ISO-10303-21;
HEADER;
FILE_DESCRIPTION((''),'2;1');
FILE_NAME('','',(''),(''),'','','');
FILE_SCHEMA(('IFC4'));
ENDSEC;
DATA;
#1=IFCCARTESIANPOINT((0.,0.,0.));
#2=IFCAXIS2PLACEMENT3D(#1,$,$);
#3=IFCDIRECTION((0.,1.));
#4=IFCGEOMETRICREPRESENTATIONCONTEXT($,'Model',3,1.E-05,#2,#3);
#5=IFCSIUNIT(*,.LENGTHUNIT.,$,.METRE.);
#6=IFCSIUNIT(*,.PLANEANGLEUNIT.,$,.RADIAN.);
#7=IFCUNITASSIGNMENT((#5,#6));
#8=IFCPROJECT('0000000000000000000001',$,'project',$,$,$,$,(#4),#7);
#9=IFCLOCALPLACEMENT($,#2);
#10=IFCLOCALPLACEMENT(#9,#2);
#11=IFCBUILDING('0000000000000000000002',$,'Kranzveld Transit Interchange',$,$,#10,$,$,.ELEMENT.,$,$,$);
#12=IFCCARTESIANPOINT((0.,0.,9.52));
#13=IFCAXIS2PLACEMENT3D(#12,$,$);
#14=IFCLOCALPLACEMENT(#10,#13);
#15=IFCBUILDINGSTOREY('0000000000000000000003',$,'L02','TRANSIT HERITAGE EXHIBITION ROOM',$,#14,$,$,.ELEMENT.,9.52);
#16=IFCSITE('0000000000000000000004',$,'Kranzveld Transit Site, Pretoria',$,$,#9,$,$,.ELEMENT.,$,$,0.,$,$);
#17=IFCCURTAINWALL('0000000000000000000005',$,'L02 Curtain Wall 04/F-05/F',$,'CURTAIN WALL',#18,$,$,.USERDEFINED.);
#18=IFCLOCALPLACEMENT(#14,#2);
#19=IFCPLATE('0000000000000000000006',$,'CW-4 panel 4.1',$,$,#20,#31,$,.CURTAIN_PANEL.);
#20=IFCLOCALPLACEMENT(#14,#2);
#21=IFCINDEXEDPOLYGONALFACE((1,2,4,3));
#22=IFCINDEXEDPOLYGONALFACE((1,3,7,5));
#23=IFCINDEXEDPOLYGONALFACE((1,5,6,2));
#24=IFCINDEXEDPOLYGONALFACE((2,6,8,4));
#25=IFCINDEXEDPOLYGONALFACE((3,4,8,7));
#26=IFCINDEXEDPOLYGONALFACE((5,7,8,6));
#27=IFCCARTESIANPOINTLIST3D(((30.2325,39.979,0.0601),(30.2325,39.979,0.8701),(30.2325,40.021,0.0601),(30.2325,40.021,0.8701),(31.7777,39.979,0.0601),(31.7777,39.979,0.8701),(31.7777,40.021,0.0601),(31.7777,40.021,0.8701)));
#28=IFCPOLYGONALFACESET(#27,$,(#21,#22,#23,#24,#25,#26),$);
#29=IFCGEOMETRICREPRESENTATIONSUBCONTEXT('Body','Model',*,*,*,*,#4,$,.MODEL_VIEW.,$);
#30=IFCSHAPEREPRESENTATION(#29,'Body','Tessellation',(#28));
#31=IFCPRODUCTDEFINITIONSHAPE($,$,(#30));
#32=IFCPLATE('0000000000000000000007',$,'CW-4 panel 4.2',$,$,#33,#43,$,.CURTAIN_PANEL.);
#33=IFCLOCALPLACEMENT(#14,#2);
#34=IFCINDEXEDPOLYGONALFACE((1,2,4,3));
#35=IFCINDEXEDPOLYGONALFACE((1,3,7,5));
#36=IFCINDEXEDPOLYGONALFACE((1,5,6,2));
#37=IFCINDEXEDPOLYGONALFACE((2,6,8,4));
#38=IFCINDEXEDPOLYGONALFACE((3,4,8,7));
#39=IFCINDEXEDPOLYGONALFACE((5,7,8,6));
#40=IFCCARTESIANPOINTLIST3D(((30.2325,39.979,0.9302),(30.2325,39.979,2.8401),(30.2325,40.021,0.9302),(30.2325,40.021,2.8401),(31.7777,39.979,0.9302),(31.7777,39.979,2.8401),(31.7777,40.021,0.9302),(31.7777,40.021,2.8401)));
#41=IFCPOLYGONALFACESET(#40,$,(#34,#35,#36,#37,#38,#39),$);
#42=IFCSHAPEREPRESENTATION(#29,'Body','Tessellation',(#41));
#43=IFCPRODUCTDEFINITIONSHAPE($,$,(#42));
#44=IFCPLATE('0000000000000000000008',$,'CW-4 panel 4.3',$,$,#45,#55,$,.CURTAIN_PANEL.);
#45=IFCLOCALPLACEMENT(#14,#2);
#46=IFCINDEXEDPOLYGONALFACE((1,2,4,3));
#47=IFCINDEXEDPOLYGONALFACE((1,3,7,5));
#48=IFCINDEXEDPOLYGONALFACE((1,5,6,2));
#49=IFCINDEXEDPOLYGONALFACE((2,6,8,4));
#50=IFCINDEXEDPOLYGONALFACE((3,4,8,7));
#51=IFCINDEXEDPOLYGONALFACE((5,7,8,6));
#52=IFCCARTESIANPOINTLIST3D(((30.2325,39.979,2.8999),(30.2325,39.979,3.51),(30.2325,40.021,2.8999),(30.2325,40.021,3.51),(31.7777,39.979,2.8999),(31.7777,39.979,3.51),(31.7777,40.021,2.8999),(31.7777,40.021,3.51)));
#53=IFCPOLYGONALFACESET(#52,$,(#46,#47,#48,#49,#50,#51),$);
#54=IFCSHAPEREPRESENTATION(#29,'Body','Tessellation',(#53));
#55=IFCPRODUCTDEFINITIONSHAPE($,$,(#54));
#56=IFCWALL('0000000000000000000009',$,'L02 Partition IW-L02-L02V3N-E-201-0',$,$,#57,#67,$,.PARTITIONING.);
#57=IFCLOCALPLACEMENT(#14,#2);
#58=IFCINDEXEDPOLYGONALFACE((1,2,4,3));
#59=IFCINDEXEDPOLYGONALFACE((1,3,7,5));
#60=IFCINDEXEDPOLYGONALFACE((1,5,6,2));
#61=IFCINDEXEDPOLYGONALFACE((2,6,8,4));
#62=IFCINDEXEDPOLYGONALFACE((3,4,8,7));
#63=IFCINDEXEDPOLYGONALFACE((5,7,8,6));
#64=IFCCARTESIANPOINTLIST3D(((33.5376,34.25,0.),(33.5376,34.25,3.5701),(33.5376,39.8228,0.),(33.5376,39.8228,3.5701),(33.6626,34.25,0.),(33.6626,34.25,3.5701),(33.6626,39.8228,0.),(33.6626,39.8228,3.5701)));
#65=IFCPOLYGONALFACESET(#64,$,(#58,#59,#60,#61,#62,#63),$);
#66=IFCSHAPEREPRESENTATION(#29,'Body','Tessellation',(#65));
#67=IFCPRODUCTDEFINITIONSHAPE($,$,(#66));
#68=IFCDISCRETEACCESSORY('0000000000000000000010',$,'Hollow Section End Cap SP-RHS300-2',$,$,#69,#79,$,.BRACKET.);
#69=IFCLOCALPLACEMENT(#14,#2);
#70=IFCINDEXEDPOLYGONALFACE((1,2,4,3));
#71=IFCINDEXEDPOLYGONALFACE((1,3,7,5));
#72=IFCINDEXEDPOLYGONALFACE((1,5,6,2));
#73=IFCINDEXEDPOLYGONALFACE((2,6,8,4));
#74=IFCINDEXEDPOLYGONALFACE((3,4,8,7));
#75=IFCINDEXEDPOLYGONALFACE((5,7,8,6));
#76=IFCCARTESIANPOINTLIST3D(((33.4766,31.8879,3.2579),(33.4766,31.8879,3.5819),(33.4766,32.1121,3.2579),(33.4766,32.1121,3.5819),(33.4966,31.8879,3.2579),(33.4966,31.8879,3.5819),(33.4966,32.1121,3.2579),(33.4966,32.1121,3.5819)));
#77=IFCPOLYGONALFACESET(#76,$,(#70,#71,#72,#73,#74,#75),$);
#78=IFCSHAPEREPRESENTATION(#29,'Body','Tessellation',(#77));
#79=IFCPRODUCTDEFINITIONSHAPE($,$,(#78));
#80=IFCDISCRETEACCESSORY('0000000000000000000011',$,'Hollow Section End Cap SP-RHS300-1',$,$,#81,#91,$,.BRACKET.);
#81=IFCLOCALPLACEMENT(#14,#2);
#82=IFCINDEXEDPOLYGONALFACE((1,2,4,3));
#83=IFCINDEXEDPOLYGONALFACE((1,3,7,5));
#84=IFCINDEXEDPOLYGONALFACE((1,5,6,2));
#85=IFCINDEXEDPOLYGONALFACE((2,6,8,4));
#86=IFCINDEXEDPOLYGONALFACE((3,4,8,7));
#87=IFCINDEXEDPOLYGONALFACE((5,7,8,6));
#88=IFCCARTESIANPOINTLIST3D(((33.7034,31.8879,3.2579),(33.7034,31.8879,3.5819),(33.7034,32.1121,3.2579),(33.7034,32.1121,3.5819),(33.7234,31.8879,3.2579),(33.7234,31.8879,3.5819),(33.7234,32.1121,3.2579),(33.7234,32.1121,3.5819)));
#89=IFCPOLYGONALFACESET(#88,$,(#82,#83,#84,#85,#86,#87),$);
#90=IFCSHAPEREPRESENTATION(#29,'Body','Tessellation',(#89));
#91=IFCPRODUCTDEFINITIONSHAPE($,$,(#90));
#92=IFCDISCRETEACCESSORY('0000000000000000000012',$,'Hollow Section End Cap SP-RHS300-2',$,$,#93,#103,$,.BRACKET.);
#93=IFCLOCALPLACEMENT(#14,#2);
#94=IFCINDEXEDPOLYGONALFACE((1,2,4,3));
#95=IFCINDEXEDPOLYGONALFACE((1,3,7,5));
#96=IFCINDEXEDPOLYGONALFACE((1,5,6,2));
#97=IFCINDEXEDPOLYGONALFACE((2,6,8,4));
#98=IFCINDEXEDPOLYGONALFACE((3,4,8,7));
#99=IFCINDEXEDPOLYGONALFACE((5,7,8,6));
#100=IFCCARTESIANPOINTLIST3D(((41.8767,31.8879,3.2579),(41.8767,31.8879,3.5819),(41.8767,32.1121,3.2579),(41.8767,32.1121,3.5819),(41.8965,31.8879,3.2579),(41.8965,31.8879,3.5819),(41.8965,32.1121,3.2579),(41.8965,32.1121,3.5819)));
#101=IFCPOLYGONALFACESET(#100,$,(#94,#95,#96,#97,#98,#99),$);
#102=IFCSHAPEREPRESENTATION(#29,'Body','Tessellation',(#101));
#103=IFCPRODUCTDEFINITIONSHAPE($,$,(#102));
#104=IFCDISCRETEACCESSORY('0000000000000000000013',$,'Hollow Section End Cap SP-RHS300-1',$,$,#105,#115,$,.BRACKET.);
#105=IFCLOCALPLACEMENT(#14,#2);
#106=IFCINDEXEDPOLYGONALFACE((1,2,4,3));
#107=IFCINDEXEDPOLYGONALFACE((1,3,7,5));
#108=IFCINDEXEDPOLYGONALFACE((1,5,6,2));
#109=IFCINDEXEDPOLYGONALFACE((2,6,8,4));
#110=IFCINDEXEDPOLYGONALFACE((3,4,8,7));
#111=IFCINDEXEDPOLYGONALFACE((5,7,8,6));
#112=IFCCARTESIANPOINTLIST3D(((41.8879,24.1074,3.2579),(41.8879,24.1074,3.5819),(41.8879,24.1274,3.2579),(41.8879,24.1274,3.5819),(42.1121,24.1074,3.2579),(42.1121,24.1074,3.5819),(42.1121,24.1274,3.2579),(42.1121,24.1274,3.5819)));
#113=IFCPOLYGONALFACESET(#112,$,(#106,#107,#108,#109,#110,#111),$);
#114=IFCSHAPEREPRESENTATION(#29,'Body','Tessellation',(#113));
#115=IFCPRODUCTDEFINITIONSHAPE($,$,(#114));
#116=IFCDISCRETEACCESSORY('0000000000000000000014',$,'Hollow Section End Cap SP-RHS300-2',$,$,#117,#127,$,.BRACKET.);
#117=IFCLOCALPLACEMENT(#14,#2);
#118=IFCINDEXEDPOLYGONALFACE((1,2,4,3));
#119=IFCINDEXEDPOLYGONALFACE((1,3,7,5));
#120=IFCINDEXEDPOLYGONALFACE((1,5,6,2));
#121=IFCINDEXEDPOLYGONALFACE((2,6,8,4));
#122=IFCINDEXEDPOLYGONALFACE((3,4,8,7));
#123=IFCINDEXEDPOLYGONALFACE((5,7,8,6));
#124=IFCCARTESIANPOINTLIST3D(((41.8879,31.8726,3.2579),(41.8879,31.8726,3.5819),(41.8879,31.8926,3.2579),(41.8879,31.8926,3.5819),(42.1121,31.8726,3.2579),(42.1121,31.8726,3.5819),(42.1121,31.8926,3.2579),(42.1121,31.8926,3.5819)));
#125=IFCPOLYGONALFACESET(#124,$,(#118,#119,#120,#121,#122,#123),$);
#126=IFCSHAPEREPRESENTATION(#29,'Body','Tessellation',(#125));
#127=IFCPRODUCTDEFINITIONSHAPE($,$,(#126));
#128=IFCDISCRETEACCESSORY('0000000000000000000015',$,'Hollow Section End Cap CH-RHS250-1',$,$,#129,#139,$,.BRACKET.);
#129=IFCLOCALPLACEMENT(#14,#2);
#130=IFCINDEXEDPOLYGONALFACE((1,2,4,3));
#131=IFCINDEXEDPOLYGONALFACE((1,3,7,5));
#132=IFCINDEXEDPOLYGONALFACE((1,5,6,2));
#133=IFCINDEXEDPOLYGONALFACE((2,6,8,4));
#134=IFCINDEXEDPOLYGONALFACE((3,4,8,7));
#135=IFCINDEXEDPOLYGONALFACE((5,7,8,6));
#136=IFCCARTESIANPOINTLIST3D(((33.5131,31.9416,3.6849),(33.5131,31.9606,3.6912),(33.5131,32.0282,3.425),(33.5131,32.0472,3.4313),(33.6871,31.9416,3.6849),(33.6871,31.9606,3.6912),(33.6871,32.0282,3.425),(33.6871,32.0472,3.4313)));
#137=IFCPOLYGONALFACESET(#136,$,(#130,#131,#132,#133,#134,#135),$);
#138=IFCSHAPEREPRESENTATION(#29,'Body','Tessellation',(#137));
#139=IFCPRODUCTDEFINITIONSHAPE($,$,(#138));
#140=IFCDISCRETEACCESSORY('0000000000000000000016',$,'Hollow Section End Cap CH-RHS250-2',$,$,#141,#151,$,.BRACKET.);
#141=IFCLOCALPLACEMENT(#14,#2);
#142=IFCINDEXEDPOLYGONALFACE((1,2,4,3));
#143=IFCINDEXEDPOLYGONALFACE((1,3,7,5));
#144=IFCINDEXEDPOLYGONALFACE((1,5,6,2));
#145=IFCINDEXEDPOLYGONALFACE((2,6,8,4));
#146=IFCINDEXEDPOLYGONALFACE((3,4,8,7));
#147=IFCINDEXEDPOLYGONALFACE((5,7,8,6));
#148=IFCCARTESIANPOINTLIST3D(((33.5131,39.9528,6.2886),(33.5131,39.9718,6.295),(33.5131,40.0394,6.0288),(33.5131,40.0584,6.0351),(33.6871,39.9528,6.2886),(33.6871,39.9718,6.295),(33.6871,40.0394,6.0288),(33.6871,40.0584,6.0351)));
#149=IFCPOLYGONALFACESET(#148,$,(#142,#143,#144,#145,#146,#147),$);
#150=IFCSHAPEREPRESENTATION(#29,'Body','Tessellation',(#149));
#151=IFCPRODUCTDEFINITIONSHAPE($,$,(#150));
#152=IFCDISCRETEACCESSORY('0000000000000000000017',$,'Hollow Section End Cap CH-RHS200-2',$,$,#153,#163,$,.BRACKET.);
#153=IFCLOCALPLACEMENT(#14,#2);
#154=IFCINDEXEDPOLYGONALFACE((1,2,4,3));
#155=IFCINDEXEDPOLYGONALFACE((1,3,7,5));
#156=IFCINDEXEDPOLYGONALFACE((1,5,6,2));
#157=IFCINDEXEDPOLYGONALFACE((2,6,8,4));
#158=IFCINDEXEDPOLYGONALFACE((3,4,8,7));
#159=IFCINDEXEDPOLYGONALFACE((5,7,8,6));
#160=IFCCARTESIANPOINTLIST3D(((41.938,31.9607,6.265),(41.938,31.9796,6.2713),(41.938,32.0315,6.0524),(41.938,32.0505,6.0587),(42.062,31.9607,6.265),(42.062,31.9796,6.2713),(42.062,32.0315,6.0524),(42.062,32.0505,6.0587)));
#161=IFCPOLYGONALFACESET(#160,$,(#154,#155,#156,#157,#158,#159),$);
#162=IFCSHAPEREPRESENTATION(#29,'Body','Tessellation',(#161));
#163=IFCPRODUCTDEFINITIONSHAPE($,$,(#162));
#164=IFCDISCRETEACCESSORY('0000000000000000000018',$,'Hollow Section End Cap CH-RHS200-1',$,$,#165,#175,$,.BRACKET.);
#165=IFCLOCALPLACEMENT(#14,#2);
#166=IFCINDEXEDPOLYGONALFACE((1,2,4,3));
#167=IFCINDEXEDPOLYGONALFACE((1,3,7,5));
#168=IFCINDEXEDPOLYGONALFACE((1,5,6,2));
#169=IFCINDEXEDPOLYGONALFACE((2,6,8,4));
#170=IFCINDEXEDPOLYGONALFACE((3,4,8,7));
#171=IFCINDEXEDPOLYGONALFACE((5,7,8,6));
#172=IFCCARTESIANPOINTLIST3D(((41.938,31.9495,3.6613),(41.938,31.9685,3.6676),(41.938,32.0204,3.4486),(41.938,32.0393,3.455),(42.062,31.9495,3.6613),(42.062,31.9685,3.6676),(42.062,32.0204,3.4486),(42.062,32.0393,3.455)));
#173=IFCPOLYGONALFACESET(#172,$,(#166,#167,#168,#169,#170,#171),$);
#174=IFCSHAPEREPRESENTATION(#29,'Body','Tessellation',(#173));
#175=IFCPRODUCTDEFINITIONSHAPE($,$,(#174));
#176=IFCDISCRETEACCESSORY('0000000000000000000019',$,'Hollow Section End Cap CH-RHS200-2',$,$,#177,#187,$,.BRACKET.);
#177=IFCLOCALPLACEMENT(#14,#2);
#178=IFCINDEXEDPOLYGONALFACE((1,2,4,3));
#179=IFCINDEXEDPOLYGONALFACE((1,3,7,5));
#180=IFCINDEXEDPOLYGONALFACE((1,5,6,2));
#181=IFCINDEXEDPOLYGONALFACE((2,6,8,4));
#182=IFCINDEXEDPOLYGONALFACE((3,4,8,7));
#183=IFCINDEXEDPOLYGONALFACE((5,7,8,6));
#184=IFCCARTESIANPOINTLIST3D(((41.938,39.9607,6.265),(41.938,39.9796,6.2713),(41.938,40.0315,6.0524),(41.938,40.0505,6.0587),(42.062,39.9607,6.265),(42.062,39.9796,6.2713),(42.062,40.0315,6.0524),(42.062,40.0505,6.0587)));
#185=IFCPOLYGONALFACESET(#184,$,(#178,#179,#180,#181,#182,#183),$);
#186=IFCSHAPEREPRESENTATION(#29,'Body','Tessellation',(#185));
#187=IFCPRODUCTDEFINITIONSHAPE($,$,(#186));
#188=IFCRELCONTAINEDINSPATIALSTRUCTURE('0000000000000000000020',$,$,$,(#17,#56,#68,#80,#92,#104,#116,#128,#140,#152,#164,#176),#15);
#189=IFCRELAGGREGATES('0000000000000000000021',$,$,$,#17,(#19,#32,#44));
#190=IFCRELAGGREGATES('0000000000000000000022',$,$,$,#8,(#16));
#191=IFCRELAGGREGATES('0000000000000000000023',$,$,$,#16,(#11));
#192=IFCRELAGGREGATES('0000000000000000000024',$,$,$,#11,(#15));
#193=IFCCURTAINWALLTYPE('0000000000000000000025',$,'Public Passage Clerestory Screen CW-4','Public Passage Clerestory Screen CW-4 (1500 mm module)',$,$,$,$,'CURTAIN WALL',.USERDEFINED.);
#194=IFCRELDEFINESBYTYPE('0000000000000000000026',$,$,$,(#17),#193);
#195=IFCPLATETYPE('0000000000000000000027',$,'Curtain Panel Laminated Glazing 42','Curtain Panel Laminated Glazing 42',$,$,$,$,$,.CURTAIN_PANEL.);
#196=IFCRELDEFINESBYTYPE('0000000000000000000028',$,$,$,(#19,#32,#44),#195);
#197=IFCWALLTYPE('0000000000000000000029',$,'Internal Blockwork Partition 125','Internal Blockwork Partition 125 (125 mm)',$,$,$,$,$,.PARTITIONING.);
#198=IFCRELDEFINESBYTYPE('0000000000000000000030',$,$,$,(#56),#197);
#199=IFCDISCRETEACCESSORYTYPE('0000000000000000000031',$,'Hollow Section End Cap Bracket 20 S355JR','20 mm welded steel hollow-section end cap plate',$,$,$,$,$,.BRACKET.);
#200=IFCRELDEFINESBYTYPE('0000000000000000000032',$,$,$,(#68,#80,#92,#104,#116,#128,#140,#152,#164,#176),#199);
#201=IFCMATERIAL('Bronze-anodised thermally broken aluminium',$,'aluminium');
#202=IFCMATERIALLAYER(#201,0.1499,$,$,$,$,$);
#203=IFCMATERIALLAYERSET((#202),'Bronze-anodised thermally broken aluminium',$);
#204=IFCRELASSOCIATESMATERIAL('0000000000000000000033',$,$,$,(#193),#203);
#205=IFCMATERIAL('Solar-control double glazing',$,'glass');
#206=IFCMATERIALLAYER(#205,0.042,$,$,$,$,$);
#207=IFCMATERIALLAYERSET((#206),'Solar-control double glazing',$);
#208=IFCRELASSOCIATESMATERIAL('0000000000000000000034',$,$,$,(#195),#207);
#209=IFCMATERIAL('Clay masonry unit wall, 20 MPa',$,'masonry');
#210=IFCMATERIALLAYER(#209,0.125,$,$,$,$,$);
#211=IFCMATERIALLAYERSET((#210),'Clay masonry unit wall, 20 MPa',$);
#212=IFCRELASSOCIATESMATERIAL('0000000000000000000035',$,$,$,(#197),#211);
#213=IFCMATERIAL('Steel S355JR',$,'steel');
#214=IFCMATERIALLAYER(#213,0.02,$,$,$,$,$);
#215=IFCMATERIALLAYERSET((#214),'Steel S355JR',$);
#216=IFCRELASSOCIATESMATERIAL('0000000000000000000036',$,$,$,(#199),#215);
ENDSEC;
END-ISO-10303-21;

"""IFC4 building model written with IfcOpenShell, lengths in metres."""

from ifc_helpers import new_model, si_unit, direction, frame, frame_2d, origin, origin_2d, place, context, subcontext, project, spatial, rectangle, extrude, material, layer, layer_set, type_object, element, aggregate, save


model = new_model("IFC4")

# Units and contexts
model_context = context("Model", 3, precision=1e-05, world=origin(), true_north=direction((0.0, 1.0)))
body_context = subcontext(model_context, "Body", "Model", "MODEL_VIEW")
ifc_project = project(units=[si_unit("LENGTHUNIT", "METRE"), si_unit("PLANEANGLEUNIT", "RADIAN")], contexts=[model_context])

# Site, building, storey
site_placement = place(None, origin())
site = spatial("IfcSite", under=ifc_project, at=site_placement, Name="Kranzveld Transit Site, Pretoria", CompositionType="ELEMENT", RefElevation=0.0)
building_placement = place(site_placement, origin())
building = spatial("IfcBuilding", under=site, at=building_placement, Name="Kranzveld Transit Interchange", CompositionType="ELEMENT")
storey_placement = place(building_placement, frame((0.0, 0.0, 9.52)))
storey = spatial("IfcBuildingStorey", under=building, at=storey_placement, Name="L02", Description="TRANSIT HERITAGE EXHIBITION ROOM", CompositionType="ELEMENT", Elevation=9.52)

# Curtain wall
ifc_material_1 = material(Name="Bronze-anodised thermally broken aluminium", Category="aluminium")
ifc_layer_1 = layer(ifc_material_1, 0.1499)
ifc_layer_set_1 = layer_set([ifc_layer_1], Name="Bronze-anodised thermally broken aluminium")
curtain_wall_type = type_object("IfcCurtainWallType", Name="Public Passage Clerestory Screen CW-4", Description="Public Passage Clerestory Screen CW-4 (1500 mm module)", ElementType="CURTAIN WALL", PredefinedType="USERDEFINED", material=ifc_layer_set_1)
curtain_wall_placement = place(storey_placement, origin())
curtain_wall = element("IfcCurtainWall", 1, at=curtain_wall_placement, inside=storey, type_object=curtain_wall_type, Name="L02 Curtain Wall 04/F-05/F", ObjectType="CURTAIN WALL", PredefinedType="USERDEFINED")

# Plates
ifc_material_2 = material(Name="Solar-control double glazing", Category="glass")
ifc_layer_2 = layer(ifc_material_2, 0.042)
ifc_layer_set_2 = layer_set([ifc_layer_2], Name="Solar-control double glazing")
plate_type = type_object("IfcPlateType", Name="Curtain Panel Laminated Glazing 42", Description="Curtain Panel Laminated Glazing 42", PredefinedType="CURTAIN_PANEL", material=ifc_layer_set_2)
plate_1_placement = place(storey_placement, frame((31.0051, 40.0, 0.0601), z_axis=(0.0, 0.0, 1.0), x_axis=(1.0, 0.0, 0.0)))
plate_1 = element("IfcPlate", 2, at=plate_1_placement, type_object=plate_type, Name="CW-4 panel 4.1", PredefinedType="CURTAIN_PANEL", context=body_context, shape_type="SweptSolid", body=[
    extrude(rectangle(XDim=1.5452, YDim=0.042, at=origin_2d()), origin(), (0.0, 0.0, 1.0), 0.8101),
])
plate_2_placement = place(storey_placement, frame((31.0051, 40.0, 0.9302), z_axis=(0.0, 0.0, 1.0), x_axis=(1.0, 0.0, 0.0)))
plate_2 = element("IfcPlate", 3, at=plate_2_placement, type_object=plate_type, Name="CW-4 panel 4.2", PredefinedType="CURTAIN_PANEL", context=body_context, shape_type="SweptSolid", body=[
    extrude(rectangle(XDim=1.5452, YDim=0.042, at=origin_2d()), origin(), (0.0, 0.0, 1.0), 1.9099),
])
plate_3_placement = place(storey_placement, frame((31.0051, 40.0, 2.8999), z_axis=(0.0, 0.0, 1.0), x_axis=(1.0, 0.0, 0.0)))
plate_3 = element("IfcPlate", 4, at=plate_3_placement, type_object=plate_type, Name="CW-4 panel 4.3", PredefinedType="CURTAIN_PANEL", context=body_context, shape_type="SweptSolid", body=[
    extrude(rectangle(XDim=1.5452, YDim=0.042, at=origin_2d()), origin(), (0.0, 0.0, 1.0), 0.6101),
])
aggregate(curtain_wall, [plate_1, plate_2, plate_3])

# Wall
ifc_material_3 = material(Name="Clay masonry unit wall, 20 MPa", Category="masonry")
ifc_layer_3 = layer(ifc_material_3, 0.125)
ifc_layer_set_3 = layer_set([ifc_layer_3], Name="Clay masonry unit wall, 20 MPa")
wall_type = type_object("IfcWallType", Name="Internal Blockwork Partition 125", Description="Internal Blockwork Partition 125 (125 mm)", PredefinedType="PARTITIONING", material=ifc_layer_set_3)
wall_placement = place(storey_placement, frame((33.6001, 34.25, 0.0), z_axis=(0.0, 0.0, 1.0), x_axis=(0.0, 1.0, 0.0)))
element("IfcWall", 5, at=wall_placement, inside=storey, type_object=wall_type, Name="L02 Partition IW-L02-L02V3N-E-201-0", PredefinedType="PARTITIONING", context=body_context, shape_type="SweptSolid", body=[
    extrude(rectangle(XDim=5.5728, YDim=0.125, at=frame_2d((2.7864, 0.0))), origin(), (0.0, 0.0, 1.0), 3.5701),
])

# Discrete accessories
ifc_material_4 = material(Name="Steel S355JR", Category="steel")
ifc_layer_4 = layer(ifc_material_4, 0.02)
ifc_layer_set_4 = layer_set([ifc_layer_4], Name="Steel S355JR")
discrete_accessory_type = type_object("IfcDiscreteAccessoryType", Name="Hollow Section End Cap Bracket 20 S355JR", Description="20 mm welded steel hollow-section end cap plate", PredefinedType="BRACKET", material=ifc_layer_set_4)
for number, where, z_axis, x_axis, name in (
    (6, (33.4766, 32.0, 3.4199), (1.0, 0.0, 0.0), (0.0, 1.0, 0.0), "Hollow Section End Cap SP-RHS300-2"),
    (7, (33.7234, 32.0, 3.4199), (-1.0, 0.0, 0.0), (0.0, -1.0, 0.0), "Hollow Section End Cap SP-RHS300-1"),
):
    element("IfcDiscreteAccessory", number, at=place(storey_placement, frame(where, z_axis=z_axis, x_axis=x_axis)), inside=storey, type_object=discrete_accessory_type, Name=name, PredefinedType="BRACKET", context=body_context, shape_type="SweptSolid", body=[
        extrude(rectangle(XDim=0.2241, YDim=0.324, at=origin_2d()), origin(), (0.0, 0.0, 1.0), 0.02),
    ])
discrete_accessory_placement = place(storey_placement, frame((41.8767, 32.0, 3.4199), z_axis=(1.0, 0.0, 0.0), x_axis=(0.0, 1.0, 0.0)))
element("IfcDiscreteAccessory", 8, at=discrete_accessory_placement, inside=storey, type_object=discrete_accessory_type, Name="Hollow Section End Cap SP-RHS300-2", PredefinedType="BRACKET", context=body_context, shape_type="SweptSolid", body=[
    extrude(rectangle(XDim=0.2241, YDim=0.324, at=origin_2d()), origin(), (0.0, 0.0, 1.0), 0.0198),
])
for number, where, z_axis, x_axis, name in (
    (9, (42.0, 24.1274, 3.4199), (0.0, -1.0, 0.0), (1.0, 0.0, 0.0), "Hollow Section End Cap SP-RHS300-1"),
    (10, (42.0, 31.8726, 3.4199), (0.0, 1.0, 0.0), (-1.0, 0.0, 0.0), "Hollow Section End Cap SP-RHS300-2"),
):
    element("IfcDiscreteAccessory", number, at=place(storey_placement, frame(where, z_axis=z_axis, x_axis=x_axis)), inside=storey, type_object=discrete_accessory_type, Name=name, PredefinedType="BRACKET", context=body_context, shape_type="SweptSolid", body=[
        extrude(rectangle(XDim=0.2241, YDim=0.324, at=origin_2d()), origin(), (0.0, 0.0, 1.0), 0.02),
    ])
for number, where, z_axis, x_axis, name in (
    (11, (33.6001, 32.0039, 3.5613), (0.0, -0.948683, -0.316228), (1.0, 0.0, 0.0), "Hollow Section End Cap CH-RHS250-1"),
    (12, (33.6001, 39.9961, 6.1587), (0.0, 0.948683, 0.316228), (-1.0, 0.0, 0.0), "Hollow Section End Cap CH-RHS250-2"),
):
    element("IfcDiscreteAccessory", number, at=place(storey_placement, frame(where, z_axis=z_axis, x_axis=x_axis)), inside=storey, type_object=discrete_accessory_type, Name=name, PredefinedType="BRACKET", context=body_context, shape_type="SweptSolid", body=[
        extrude(rectangle(XDim=0.1741, YDim=0.2739, at=origin_2d()), origin(), (0.0, 0.0, 1.0), 0.02),
    ])
for number, where, z_axis, x_axis, name in (
    (13, (42.0, 31.9961, 6.1587), (0.0, 0.948683, 0.316228), (-1.0, 0.0, 0.0), "Hollow Section End Cap CH-RHS200-2"),
    (14, (42.0, 32.0039, 3.5613), (0.0, -0.948683, -0.316228), (1.0, 0.0, 0.0), "Hollow Section End Cap CH-RHS200-1"),
    (15, (42.0, 39.9961, 6.1587), (0.0, 0.948683, 0.316228), (-1.0, 0.0, 0.0), "Hollow Section End Cap CH-RHS200-2"),
):
    element("IfcDiscreteAccessory", number, at=place(storey_placement, frame(where, z_axis=z_axis, x_axis=x_axis)), inside=storey, type_object=discrete_accessory_type, Name=name, PredefinedType="BRACKET", context=body_context, shape_type="SweptSolid", body=[
        extrude(rectangle(XDim=0.124, YDim=0.2241, at=origin_2d()), origin(), (0.0, 0.0, 1.0), 0.02),
    ])

save(model, "model.ifc")
